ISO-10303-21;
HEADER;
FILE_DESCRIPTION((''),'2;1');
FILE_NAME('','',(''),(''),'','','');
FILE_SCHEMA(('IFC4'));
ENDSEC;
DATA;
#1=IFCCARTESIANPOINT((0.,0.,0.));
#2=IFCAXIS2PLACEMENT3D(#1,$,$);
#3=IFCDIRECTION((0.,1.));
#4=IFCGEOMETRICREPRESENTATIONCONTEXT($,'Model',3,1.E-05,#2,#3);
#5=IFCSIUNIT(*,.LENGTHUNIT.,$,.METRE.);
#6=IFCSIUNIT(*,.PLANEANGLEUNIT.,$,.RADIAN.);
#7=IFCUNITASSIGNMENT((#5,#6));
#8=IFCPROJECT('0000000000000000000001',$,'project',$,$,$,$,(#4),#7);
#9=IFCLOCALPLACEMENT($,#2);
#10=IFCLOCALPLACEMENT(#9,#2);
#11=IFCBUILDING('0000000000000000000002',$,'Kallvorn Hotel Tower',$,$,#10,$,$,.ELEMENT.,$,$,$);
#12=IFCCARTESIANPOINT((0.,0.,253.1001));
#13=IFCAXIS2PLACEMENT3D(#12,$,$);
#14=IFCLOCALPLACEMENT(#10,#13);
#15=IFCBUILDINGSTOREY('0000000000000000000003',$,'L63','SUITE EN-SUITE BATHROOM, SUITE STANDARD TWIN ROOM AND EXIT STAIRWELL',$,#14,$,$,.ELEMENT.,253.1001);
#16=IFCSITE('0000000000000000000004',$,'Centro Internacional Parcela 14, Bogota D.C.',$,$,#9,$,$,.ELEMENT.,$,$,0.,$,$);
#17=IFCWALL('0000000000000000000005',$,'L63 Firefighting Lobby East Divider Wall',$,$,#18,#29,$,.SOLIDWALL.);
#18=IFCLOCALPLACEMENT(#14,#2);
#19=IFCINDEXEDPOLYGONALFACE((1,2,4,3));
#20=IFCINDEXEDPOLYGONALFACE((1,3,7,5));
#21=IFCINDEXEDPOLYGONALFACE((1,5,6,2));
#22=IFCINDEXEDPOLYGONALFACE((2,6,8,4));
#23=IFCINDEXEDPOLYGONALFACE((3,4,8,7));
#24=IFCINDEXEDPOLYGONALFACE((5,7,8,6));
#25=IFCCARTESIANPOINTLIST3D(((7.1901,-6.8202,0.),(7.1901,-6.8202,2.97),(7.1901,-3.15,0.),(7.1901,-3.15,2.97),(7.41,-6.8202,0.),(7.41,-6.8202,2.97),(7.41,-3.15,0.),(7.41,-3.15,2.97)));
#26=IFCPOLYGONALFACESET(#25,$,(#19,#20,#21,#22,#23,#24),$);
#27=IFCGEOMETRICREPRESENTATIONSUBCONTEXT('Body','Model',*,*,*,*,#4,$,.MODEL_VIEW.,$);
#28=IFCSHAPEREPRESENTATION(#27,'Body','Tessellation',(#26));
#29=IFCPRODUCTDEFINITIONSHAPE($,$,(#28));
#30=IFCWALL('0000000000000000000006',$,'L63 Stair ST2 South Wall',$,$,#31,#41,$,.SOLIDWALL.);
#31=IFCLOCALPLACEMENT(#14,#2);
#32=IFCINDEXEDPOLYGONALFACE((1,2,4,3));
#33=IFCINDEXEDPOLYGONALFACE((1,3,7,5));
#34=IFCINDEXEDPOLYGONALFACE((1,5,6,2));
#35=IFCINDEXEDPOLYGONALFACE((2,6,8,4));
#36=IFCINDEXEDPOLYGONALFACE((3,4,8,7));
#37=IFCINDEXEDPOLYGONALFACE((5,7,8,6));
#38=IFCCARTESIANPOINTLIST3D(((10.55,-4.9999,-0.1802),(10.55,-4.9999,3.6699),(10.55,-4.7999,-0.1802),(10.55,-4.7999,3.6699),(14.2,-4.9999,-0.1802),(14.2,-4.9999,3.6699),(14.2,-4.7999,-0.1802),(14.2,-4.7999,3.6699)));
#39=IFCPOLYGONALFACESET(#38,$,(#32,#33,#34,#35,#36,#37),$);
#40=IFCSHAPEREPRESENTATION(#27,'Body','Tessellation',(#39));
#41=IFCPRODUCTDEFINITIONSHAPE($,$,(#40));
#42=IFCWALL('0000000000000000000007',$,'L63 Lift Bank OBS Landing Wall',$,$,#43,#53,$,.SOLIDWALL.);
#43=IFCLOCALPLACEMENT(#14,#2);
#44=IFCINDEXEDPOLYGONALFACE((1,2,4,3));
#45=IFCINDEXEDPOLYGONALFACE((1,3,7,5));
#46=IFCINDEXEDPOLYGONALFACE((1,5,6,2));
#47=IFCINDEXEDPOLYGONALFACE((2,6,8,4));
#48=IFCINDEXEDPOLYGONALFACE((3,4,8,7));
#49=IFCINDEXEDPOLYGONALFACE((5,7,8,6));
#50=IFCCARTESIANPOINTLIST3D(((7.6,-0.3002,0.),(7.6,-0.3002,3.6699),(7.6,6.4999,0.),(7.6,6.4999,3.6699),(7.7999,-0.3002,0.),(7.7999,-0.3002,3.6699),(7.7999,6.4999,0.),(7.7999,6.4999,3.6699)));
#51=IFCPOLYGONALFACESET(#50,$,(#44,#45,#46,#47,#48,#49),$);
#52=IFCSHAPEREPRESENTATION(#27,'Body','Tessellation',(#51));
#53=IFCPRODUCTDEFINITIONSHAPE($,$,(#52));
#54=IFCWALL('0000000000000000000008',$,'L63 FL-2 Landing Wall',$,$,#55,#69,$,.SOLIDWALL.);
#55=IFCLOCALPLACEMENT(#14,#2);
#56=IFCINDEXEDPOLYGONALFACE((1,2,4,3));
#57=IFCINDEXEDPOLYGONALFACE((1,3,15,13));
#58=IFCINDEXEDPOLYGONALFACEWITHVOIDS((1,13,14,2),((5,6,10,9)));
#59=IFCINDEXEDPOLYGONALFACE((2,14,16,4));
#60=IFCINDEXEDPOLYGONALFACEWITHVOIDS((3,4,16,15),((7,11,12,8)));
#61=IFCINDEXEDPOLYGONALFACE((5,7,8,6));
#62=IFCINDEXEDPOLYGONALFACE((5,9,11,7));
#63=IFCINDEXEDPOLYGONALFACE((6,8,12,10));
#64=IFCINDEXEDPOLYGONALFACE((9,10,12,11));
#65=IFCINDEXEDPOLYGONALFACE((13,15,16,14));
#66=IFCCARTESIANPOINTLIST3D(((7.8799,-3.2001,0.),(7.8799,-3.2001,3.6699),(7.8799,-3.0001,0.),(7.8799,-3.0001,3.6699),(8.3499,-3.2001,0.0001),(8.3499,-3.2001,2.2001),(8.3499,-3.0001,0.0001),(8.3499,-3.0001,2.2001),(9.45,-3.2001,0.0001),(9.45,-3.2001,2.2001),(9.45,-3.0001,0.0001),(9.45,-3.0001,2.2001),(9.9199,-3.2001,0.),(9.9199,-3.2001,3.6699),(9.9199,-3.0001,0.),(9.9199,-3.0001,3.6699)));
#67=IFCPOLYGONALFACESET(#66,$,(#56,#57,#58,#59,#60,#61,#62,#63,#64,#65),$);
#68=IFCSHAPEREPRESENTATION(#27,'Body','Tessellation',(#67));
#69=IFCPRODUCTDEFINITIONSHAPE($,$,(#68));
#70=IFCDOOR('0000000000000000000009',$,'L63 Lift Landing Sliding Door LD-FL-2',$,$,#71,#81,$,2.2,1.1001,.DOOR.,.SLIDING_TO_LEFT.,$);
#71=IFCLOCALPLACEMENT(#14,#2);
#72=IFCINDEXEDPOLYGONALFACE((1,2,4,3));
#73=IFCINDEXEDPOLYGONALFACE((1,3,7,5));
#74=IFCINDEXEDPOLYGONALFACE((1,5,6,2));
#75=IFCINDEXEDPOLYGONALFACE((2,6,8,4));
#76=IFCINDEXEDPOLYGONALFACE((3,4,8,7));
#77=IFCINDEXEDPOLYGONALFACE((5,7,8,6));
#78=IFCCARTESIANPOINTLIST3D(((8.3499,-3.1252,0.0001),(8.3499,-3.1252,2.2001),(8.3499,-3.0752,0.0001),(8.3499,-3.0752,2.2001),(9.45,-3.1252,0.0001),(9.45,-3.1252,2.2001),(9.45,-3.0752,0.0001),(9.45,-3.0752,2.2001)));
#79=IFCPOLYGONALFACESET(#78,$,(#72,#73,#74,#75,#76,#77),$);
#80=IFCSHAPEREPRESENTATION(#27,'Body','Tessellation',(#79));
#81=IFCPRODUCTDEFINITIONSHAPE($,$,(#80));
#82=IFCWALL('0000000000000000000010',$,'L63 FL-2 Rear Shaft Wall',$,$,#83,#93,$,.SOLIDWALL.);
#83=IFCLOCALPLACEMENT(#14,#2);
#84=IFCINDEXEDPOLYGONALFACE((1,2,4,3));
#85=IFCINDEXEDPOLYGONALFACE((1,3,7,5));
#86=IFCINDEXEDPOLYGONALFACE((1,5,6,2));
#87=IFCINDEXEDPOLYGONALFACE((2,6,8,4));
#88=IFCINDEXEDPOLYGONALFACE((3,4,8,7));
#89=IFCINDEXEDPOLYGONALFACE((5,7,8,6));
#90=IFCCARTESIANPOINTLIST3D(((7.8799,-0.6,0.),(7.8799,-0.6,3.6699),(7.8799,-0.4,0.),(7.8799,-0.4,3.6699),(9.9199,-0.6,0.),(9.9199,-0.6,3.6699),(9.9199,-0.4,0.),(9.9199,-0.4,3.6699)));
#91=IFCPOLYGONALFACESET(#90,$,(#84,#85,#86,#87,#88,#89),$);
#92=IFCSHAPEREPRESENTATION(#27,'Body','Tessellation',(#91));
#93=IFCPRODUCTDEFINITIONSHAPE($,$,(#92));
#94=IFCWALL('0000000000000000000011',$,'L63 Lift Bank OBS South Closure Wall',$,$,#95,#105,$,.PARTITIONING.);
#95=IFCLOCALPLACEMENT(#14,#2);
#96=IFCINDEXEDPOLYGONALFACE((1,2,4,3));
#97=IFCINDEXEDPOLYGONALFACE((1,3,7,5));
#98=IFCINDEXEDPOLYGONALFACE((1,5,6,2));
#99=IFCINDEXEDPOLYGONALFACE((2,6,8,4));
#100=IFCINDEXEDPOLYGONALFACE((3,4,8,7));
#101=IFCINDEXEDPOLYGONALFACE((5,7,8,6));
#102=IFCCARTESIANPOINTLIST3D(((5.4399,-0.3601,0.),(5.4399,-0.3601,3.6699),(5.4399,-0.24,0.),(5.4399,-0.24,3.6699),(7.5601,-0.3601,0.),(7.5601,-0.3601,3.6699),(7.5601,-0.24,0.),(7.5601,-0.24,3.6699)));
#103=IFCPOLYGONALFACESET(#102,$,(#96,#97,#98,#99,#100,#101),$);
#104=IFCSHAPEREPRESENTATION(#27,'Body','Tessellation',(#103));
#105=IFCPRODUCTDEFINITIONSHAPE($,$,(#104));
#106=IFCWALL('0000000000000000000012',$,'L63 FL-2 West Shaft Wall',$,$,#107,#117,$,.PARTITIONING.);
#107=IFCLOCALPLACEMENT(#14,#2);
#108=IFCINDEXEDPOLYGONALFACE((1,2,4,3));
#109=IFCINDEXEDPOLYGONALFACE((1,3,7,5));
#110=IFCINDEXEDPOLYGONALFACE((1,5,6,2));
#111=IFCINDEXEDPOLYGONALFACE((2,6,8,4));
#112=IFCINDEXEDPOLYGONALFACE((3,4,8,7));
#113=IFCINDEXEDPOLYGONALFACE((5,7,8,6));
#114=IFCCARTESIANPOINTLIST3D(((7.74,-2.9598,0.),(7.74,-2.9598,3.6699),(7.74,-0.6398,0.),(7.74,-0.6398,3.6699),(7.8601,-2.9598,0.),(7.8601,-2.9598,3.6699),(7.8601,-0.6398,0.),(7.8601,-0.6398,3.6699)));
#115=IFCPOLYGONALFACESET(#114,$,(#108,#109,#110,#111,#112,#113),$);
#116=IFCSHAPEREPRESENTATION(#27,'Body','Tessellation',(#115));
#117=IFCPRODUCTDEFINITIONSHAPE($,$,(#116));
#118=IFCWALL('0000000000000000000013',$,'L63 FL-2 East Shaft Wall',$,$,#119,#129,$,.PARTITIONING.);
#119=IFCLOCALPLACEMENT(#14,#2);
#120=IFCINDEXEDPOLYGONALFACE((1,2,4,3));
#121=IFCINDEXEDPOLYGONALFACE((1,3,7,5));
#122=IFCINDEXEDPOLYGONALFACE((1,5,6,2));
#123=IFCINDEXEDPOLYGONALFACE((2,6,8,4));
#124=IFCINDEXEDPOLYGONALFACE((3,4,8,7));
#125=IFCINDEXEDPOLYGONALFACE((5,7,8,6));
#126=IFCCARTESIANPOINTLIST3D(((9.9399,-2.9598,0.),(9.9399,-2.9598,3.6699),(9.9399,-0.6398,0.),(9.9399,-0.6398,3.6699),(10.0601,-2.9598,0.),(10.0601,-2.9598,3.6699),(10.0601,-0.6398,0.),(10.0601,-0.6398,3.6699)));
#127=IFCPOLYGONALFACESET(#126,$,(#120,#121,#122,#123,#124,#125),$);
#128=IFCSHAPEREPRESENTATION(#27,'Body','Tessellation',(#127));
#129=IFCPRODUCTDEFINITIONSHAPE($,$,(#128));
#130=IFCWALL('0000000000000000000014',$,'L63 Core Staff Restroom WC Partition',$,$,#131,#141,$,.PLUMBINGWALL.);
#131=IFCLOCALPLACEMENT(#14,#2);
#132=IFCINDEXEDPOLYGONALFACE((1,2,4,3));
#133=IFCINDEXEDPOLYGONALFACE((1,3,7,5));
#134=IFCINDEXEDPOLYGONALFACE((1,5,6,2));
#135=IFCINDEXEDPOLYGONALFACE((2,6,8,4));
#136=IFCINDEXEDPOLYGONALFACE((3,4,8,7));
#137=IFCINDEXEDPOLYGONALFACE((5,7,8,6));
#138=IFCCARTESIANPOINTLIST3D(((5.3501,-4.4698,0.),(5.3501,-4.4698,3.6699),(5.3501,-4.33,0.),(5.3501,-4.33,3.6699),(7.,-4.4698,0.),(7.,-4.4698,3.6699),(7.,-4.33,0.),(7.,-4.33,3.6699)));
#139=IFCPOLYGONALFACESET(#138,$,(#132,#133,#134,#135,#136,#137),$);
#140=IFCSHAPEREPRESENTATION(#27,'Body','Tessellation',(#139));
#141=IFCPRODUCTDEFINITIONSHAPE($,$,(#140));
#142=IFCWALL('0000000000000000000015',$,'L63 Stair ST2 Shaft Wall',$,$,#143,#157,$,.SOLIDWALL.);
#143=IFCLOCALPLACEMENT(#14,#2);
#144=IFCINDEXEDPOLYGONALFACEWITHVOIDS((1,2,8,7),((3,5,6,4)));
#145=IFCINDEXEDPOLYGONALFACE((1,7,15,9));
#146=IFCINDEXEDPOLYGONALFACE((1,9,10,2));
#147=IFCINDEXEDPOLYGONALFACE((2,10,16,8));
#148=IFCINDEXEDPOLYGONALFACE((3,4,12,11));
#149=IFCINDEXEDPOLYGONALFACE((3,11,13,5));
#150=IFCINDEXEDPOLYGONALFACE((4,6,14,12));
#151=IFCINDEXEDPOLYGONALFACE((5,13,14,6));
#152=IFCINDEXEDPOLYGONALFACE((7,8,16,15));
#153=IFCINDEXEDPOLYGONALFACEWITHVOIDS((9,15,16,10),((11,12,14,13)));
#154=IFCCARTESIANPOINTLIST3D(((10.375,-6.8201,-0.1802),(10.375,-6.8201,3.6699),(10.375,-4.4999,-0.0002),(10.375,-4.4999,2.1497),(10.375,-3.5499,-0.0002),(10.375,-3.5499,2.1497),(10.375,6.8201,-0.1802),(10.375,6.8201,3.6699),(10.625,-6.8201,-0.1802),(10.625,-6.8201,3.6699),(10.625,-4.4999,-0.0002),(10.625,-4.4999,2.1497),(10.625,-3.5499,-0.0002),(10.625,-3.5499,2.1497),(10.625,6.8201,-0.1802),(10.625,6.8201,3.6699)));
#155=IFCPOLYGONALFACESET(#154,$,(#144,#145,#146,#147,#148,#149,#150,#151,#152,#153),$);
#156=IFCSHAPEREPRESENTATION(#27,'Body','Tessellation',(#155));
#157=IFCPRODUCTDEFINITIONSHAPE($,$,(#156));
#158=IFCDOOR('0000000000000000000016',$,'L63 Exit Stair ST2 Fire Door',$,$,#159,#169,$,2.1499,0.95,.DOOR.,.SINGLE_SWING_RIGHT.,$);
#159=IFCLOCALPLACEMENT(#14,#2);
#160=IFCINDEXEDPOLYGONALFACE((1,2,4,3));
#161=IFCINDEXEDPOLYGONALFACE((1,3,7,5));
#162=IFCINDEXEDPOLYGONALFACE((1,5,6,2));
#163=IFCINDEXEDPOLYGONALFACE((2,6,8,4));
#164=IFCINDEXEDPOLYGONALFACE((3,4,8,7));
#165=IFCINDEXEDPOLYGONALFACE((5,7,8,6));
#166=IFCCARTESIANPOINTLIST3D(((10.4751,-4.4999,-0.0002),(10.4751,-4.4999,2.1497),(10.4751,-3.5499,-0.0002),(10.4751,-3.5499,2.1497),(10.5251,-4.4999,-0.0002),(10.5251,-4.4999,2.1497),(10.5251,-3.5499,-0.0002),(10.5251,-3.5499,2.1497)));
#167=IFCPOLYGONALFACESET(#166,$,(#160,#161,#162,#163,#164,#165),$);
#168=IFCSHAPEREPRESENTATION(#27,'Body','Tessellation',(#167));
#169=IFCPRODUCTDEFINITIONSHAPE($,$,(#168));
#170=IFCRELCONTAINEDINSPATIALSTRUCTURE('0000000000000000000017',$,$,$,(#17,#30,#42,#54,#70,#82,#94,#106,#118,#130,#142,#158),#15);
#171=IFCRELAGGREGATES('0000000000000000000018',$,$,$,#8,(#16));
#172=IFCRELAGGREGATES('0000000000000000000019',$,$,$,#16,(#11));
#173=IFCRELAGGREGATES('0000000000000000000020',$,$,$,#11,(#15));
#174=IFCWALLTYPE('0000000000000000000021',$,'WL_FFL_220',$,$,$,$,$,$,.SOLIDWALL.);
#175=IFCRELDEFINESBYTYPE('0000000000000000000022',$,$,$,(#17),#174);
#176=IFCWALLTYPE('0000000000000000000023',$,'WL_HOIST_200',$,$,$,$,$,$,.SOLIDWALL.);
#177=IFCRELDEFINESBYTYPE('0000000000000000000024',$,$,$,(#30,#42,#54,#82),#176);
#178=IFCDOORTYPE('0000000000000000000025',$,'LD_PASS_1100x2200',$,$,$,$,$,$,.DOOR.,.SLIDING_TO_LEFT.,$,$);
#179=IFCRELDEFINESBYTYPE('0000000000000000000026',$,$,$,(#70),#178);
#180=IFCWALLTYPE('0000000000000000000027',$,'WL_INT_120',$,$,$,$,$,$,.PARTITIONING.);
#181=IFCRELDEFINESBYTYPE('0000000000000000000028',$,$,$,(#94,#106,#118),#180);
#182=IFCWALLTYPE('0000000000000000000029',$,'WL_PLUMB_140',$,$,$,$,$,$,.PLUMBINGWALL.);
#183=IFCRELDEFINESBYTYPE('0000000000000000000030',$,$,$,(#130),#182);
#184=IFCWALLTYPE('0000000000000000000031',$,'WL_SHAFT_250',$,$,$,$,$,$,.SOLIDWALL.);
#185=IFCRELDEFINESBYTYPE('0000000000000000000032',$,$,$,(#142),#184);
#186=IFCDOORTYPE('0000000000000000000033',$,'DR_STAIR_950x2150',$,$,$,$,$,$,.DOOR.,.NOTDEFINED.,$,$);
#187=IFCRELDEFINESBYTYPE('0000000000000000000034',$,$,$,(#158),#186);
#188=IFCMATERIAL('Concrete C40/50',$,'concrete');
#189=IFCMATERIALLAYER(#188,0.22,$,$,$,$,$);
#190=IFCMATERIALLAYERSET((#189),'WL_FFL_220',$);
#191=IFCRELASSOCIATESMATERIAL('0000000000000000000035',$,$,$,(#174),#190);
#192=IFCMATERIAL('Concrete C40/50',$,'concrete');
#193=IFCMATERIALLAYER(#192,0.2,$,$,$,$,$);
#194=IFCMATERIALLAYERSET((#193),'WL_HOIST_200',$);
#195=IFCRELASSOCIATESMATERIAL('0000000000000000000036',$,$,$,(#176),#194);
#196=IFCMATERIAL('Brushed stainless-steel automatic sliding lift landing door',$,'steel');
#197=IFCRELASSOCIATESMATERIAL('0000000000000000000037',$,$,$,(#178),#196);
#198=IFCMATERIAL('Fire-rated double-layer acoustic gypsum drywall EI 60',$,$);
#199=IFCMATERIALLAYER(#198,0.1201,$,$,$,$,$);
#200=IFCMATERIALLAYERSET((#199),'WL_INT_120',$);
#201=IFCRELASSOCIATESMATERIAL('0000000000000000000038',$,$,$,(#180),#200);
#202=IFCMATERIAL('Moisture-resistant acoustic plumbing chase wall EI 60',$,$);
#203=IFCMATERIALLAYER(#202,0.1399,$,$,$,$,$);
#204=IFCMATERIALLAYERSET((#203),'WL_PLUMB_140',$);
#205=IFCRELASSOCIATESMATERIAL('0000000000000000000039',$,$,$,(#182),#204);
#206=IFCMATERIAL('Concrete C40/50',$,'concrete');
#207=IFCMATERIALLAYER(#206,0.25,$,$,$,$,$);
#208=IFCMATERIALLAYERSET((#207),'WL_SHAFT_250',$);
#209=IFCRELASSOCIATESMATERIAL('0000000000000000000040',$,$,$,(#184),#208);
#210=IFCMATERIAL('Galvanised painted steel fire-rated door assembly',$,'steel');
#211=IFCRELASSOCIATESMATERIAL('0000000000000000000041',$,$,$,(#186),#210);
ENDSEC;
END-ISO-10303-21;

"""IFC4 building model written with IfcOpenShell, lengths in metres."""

from ifc_helpers import new_model, si_unit, direction, frame, frame_2d, origin, place, context, subcontext, project, spatial, rectangle, extrude, material, layer, layer_set, type_object, element, fill, save


model = new_model("IFC4")

# Units and contexts
model_context = context("Model", 3, precision=1e-05, world=origin(), true_north=direction((0.0, 1.0)))
body_context = subcontext(model_context, "Body", "Model", "MODEL_VIEW")
ifc_project = project(units=[si_unit("LENGTHUNIT", "METRE"), si_unit("PLANEANGLEUNIT", "RADIAN")], contexts=[model_context])

# Site, building, storey
site_placement = place(None, origin())
site = spatial("IfcSite", under=ifc_project, at=site_placement, Name="Centro Internacional Parcela 14, Bogota D.C.", CompositionType="ELEMENT", RefElevation=0.0)
building_placement = place(site_placement, origin())
building = spatial("IfcBuilding", under=site, at=building_placement, Name="Kallvorn Hotel Tower", CompositionType="ELEMENT")
storey_placement = place(building_placement, frame((0.0, 0.0, 253.1001)))
storey = spatial("IfcBuildingStorey", under=building, at=storey_placement, Name="L63", Description="SUITE EN-SUITE BATHROOM, SUITE STANDARD TWIN ROOM AND EXIT STAIRWELL", CompositionType="ELEMENT", Elevation=253.1001)

# Walls
ifc_material_1 = material(Name="Concrete C40/50", Category="concrete")
ifc_layer_1 = layer(ifc_material_1, 0.22)
ifc_layer_set_1 = layer_set([ifc_layer_1], Name="WL_FFL_220")
wall_type_1 = type_object("IfcWallType", Name="WL_FFL_220", PredefinedType="SOLIDWALL", material=ifc_layer_set_1)
wall_1_placement = place(storey_placement, frame((7.3, -6.8201, 0.0), z_axis=(0.0, 0.0, 1.0), x_axis=(0.0, 1.0, 0.0)))
element("IfcWall", 1, at=wall_1_placement, inside=storey, type_object=wall_type_1, Name="L63 Firefighting Lobby East Divider Wall", PredefinedType="SOLIDWALL", context=body_context, shape_type="SweptSolid", body=[
    extrude(rectangle(XDim=3.6702, YDim=0.22, at=frame_2d((1.835, 0.0))), origin(), (0.0, 0.0, 1.0), 2.97),
])
ifc_material_2 = material(Name="Concrete C40/50", Category="concrete")
ifc_layer_2 = layer(ifc_material_2, 0.2)
ifc_layer_set_2 = layer_set([ifc_layer_2], Name="WL_HOIST_200")
wall_type_2 = type_object("IfcWallType", Name="WL_HOIST_200", PredefinedType="SOLIDWALL", material=ifc_layer_set_2)
wall_2_placement = place(storey_placement, frame((10.55, -4.8999, -0.1802), z_axis=(0.0, 0.0, 1.0), x_axis=(1.0, 0.0, 0.0)))
element("IfcWall", 2, at=wall_2_placement, inside=storey, type_object=wall_type_2, Name="L63 Stair ST2 South Wall", PredefinedType="SOLIDWALL", context=body_context, shape_type="SweptSolid", body=[
    extrude(rectangle(XDim=3.6499, YDim=0.2, at=frame_2d((1.825, 0.0))), origin(), (0.0, 0.0, 1.0), 3.8501),
])
wall_3_placement = place(storey_placement, frame((7.7, -0.3, 0.0), z_axis=(0.0, 0.0, 1.0), x_axis=(0.0, 1.0, 0.0)))
element("IfcWall", 3, at=wall_3_placement, inside=storey, type_object=wall_type_2, Name="L63 Lift Bank OBS Landing Wall", PredefinedType="SOLIDWALL", context=body_context, shape_type="SweptSolid", body=[
    extrude(rectangle(XDim=6.8, YDim=0.2, at=frame_2d((3.3999, 0.0))), origin(), (0.0, 0.0, 1.0), 3.6699),
])

# Wall, opening, door
wall_4_placement = place(storey_placement, frame((7.8799, -3.1001, 0.0), z_axis=(0.0, 0.0, 1.0), x_axis=(1.0, 0.0, 0.0)))
wall_4 = element("IfcWall", 4, at=wall_4_placement, inside=storey, type_object=wall_type_2, Name="L63 FL-2 Landing Wall", PredefinedType="SOLIDWALL", context=body_context, shape_type="SweptSolid", body=[
    extrude(rectangle(XDim=2.04, YDim=0.2, at=frame_2d((1.02, 0.0))), origin(), (0.0, 0.0, 1.0), 3.6699),
])
opening_1_placement = place(wall_4_placement, frame((0.47, 0.0, 0.0)))
opening_1 = element("IfcOpeningElement", 5, at=opening_1_placement, cuts=wall_4, PredefinedType="OPENING", context=body_context, shape_type="SweptSolid", body=[
    extrude(rectangle(XDim=1.1001, YDim=2.2, at=frame_2d((0.55, 1.1001))), frame((0.0, 0.115, 0.0), z_axis=(0.0, -1.0, 0.0), x_axis=(1.0, 0.0, 0.0)), (0.0, 0.0, 1.0), 0.23),
])
ifc_material_3 = material(Name="Brushed stainless-steel automatic sliding lift landing door", Category="steel")
door_type_1 = type_object("IfcDoorType", Name="LD_PASS_1100x2200", OperationType="SLIDING_TO_LEFT", PredefinedType="DOOR", material=ifc_material_3)
door_1_placement = place(opening_1_placement, origin())
door_1 = element("IfcDoor", 6, at=door_1_placement, inside=storey, type_object=door_type_1, Name="L63 Lift Landing Sliding Door LD-FL-2", OperationType="SLIDING_TO_LEFT", OverallHeight=2.2, OverallWidth=1.1001, PredefinedType="DOOR", context=body_context, shape_type="SweptSolid", body=[
    extrude(rectangle(XDim=1.1001, YDim=2.2, at=frame_2d((0.55, 1.1001))), frame((0.0, 0.0249, 0.0), z_axis=(0.0, -1.0, 0.0), x_axis=(1.0, 0.0, 0.0)), (0.0, 0.0, 1.0), 0.05),
])
fill(opening_1, door_1)

# Walls
wall_5_placement = place(storey_placement, frame((7.8799, -0.5, 0.0), z_axis=(0.0, 0.0, 1.0), x_axis=(1.0, 0.0, 0.0)))
element("IfcWall", 7, at=wall_5_placement, inside=storey, type_object=wall_type_2, Name="L63 FL-2 Rear Shaft Wall", PredefinedType="SOLIDWALL", context=body_context, shape_type="SweptSolid", body=[
    extrude(rectangle(XDim=2.04, YDim=0.2, at=frame_2d((1.02, 0.0))), origin(), (0.0, 0.0, 1.0), 3.6699),
])
ifc_material_4 = material(Name="Fire-rated double-layer acoustic gypsum drywall EI 60")
ifc_layer_3 = layer(ifc_material_4, 0.1201)
ifc_layer_set_3 = layer_set([ifc_layer_3], Name="WL_INT_120")
wall_type_3 = type_object("IfcWallType", Name="WL_INT_120", PredefinedType="PARTITIONING", material=ifc_layer_set_3)
wall_6_placement = place(storey_placement, frame((5.4399, -0.3, 0.0), z_axis=(0.0, 0.0, 1.0), x_axis=(1.0, 0.0, 0.0)))
element("IfcWall", 8, at=wall_6_placement, inside=storey, type_object=wall_type_3, Name="L63 Lift Bank OBS South Closure Wall", PredefinedType="PARTITIONING", context=body_context, shape_type="SweptSolid", body=[
    extrude(rectangle(XDim=2.1201, YDim=0.1201, at=frame_2d((1.0601, 0.0))), origin(), (0.0, 0.0, 1.0), 3.6699),
])
for number, where, z_axis, x_axis, name in (
    (9, (7.8, -2.96, 0.0), (0.0, 0.0, 1.0), (0.0, 1.0, 0.0), "L63 FL-2 West Shaft Wall"),
    (10, (10.0, -2.96, 0.0), (0.0, 0.0, 1.0), (0.0, 1.0, 0.0), "L63 FL-2 East Shaft Wall"),
):
    element("IfcWall", number, at=place(storey_placement, frame(where, z_axis=z_axis, x_axis=x_axis)), inside=storey, type_object=wall_type_3, Name=name, PredefinedType="PARTITIONING", context=body_context, shape_type="SweptSolid", body=[
        extrude(rectangle(XDim=2.3201, YDim=0.1201, at=frame_2d((1.1602, 0.0))), origin(), (0.0, 0.0, 1.0), 3.6699),
    ])
ifc_material_5 = material(Name="Moisture-resistant acoustic plumbing chase wall EI 60")
ifc_layer_4 = layer(ifc_material_5, 0.1399)
ifc_layer_set_4 = layer_set([ifc_layer_4], Name="WL_PLUMB_140")
wall_type_4 = type_object("IfcWallType", Name="WL_PLUMB_140", PredefinedType="PLUMBINGWALL", material=ifc_layer_set_4)
wall_7_placement = place(storey_placement, frame((5.3501, -4.3999, 0.0), z_axis=(0.0, 0.0, 1.0), x_axis=(1.0, 0.0, 0.0)))
element("IfcWall", 11, at=wall_7_placement, inside=storey, type_object=wall_type_4, Name="L63 Core Staff Restroom WC Partition", PredefinedType="PLUMBINGWALL", context=body_context, shape_type="SweptSolid", body=[
    extrude(rectangle(XDim=1.6499, YDim=0.1399, at=frame_2d((0.825, 0.0))), origin(), (0.0, 0.0, 1.0), 3.6699),
])

# Wall, opening, door
ifc_material_6 = material(Name="Concrete C40/50", Category="concrete")
ifc_layer_5 = layer(ifc_material_6, 0.25)
ifc_layer_set_5 = layer_set([ifc_layer_5], Name="WL_SHAFT_250")
wall_type_5 = type_object("IfcWallType", Name="WL_SHAFT_250", PredefinedType="SOLIDWALL", material=ifc_layer_set_5)
wall_8_placement = place(storey_placement, frame((10.5, -6.8201, -0.1802), z_axis=(0.0, 0.0, 1.0), x_axis=(0.0, 1.0, 0.0)))
wall_8 = element("IfcWall", 12, at=wall_8_placement, inside=storey, type_object=wall_type_5, Name="L63 Stair ST2 Shaft Wall", PredefinedType="SOLIDWALL", context=body_context, shape_type="SweptSolid", body=[
    extrude(rectangle(XDim=13.6401, YDim=0.25, at=frame_2d((6.8201, 0.0))), origin(), (0.0, 0.0, 1.0), 3.8501),
])
opening_2_placement = place(wall_8_placement, frame((2.3201, 0.0, 0.1799)))
opening_2 = element("IfcOpeningElement", 13, at=opening_2_placement, cuts=wall_8, PredefinedType="OPENING", context=body_context, shape_type="SweptSolid", body=[
    extrude(rectangle(XDim=0.95, YDim=2.1499, at=frame_2d((0.4751, 1.075))), frame((0.0, 0.1399, 0.0), z_axis=(0.0, -1.0, 0.0), x_axis=(1.0, 0.0, 0.0)), (0.0, 0.0, 1.0), 0.28),
])
ifc_material_7 = material(Name="Galvanised painted steel fire-rated door assembly", Category="steel")
door_type_2 = type_object("IfcDoorType", Name="DR_STAIR_950x2150", OperationType="NOTDEFINED", PredefinedType="DOOR", material=ifc_material_7)
door_2_placement = place(opening_2_placement, origin())
door_2 = element("IfcDoor", 14, at=door_2_placement, inside=storey, type_object=door_type_2, Name="L63 Exit Stair ST2 Fire Door", OperationType="SINGLE_SWING_RIGHT", OverallHeight=2.1499, OverallWidth=0.95, PredefinedType="DOOR", context=body_context, shape_type="SweptSolid", body=[
    extrude(rectangle(XDim=0.95, YDim=2.1499, at=frame_2d((0.4751, 1.075))), frame((0.0, 0.0249, 0.0), z_axis=(0.0, -1.0, 0.0), x_axis=(1.0, 0.0, 0.0)), (0.0, 0.0, 1.0), 0.05),
])
fill(opening_2, door_2)

save(model, "model.ifc")
